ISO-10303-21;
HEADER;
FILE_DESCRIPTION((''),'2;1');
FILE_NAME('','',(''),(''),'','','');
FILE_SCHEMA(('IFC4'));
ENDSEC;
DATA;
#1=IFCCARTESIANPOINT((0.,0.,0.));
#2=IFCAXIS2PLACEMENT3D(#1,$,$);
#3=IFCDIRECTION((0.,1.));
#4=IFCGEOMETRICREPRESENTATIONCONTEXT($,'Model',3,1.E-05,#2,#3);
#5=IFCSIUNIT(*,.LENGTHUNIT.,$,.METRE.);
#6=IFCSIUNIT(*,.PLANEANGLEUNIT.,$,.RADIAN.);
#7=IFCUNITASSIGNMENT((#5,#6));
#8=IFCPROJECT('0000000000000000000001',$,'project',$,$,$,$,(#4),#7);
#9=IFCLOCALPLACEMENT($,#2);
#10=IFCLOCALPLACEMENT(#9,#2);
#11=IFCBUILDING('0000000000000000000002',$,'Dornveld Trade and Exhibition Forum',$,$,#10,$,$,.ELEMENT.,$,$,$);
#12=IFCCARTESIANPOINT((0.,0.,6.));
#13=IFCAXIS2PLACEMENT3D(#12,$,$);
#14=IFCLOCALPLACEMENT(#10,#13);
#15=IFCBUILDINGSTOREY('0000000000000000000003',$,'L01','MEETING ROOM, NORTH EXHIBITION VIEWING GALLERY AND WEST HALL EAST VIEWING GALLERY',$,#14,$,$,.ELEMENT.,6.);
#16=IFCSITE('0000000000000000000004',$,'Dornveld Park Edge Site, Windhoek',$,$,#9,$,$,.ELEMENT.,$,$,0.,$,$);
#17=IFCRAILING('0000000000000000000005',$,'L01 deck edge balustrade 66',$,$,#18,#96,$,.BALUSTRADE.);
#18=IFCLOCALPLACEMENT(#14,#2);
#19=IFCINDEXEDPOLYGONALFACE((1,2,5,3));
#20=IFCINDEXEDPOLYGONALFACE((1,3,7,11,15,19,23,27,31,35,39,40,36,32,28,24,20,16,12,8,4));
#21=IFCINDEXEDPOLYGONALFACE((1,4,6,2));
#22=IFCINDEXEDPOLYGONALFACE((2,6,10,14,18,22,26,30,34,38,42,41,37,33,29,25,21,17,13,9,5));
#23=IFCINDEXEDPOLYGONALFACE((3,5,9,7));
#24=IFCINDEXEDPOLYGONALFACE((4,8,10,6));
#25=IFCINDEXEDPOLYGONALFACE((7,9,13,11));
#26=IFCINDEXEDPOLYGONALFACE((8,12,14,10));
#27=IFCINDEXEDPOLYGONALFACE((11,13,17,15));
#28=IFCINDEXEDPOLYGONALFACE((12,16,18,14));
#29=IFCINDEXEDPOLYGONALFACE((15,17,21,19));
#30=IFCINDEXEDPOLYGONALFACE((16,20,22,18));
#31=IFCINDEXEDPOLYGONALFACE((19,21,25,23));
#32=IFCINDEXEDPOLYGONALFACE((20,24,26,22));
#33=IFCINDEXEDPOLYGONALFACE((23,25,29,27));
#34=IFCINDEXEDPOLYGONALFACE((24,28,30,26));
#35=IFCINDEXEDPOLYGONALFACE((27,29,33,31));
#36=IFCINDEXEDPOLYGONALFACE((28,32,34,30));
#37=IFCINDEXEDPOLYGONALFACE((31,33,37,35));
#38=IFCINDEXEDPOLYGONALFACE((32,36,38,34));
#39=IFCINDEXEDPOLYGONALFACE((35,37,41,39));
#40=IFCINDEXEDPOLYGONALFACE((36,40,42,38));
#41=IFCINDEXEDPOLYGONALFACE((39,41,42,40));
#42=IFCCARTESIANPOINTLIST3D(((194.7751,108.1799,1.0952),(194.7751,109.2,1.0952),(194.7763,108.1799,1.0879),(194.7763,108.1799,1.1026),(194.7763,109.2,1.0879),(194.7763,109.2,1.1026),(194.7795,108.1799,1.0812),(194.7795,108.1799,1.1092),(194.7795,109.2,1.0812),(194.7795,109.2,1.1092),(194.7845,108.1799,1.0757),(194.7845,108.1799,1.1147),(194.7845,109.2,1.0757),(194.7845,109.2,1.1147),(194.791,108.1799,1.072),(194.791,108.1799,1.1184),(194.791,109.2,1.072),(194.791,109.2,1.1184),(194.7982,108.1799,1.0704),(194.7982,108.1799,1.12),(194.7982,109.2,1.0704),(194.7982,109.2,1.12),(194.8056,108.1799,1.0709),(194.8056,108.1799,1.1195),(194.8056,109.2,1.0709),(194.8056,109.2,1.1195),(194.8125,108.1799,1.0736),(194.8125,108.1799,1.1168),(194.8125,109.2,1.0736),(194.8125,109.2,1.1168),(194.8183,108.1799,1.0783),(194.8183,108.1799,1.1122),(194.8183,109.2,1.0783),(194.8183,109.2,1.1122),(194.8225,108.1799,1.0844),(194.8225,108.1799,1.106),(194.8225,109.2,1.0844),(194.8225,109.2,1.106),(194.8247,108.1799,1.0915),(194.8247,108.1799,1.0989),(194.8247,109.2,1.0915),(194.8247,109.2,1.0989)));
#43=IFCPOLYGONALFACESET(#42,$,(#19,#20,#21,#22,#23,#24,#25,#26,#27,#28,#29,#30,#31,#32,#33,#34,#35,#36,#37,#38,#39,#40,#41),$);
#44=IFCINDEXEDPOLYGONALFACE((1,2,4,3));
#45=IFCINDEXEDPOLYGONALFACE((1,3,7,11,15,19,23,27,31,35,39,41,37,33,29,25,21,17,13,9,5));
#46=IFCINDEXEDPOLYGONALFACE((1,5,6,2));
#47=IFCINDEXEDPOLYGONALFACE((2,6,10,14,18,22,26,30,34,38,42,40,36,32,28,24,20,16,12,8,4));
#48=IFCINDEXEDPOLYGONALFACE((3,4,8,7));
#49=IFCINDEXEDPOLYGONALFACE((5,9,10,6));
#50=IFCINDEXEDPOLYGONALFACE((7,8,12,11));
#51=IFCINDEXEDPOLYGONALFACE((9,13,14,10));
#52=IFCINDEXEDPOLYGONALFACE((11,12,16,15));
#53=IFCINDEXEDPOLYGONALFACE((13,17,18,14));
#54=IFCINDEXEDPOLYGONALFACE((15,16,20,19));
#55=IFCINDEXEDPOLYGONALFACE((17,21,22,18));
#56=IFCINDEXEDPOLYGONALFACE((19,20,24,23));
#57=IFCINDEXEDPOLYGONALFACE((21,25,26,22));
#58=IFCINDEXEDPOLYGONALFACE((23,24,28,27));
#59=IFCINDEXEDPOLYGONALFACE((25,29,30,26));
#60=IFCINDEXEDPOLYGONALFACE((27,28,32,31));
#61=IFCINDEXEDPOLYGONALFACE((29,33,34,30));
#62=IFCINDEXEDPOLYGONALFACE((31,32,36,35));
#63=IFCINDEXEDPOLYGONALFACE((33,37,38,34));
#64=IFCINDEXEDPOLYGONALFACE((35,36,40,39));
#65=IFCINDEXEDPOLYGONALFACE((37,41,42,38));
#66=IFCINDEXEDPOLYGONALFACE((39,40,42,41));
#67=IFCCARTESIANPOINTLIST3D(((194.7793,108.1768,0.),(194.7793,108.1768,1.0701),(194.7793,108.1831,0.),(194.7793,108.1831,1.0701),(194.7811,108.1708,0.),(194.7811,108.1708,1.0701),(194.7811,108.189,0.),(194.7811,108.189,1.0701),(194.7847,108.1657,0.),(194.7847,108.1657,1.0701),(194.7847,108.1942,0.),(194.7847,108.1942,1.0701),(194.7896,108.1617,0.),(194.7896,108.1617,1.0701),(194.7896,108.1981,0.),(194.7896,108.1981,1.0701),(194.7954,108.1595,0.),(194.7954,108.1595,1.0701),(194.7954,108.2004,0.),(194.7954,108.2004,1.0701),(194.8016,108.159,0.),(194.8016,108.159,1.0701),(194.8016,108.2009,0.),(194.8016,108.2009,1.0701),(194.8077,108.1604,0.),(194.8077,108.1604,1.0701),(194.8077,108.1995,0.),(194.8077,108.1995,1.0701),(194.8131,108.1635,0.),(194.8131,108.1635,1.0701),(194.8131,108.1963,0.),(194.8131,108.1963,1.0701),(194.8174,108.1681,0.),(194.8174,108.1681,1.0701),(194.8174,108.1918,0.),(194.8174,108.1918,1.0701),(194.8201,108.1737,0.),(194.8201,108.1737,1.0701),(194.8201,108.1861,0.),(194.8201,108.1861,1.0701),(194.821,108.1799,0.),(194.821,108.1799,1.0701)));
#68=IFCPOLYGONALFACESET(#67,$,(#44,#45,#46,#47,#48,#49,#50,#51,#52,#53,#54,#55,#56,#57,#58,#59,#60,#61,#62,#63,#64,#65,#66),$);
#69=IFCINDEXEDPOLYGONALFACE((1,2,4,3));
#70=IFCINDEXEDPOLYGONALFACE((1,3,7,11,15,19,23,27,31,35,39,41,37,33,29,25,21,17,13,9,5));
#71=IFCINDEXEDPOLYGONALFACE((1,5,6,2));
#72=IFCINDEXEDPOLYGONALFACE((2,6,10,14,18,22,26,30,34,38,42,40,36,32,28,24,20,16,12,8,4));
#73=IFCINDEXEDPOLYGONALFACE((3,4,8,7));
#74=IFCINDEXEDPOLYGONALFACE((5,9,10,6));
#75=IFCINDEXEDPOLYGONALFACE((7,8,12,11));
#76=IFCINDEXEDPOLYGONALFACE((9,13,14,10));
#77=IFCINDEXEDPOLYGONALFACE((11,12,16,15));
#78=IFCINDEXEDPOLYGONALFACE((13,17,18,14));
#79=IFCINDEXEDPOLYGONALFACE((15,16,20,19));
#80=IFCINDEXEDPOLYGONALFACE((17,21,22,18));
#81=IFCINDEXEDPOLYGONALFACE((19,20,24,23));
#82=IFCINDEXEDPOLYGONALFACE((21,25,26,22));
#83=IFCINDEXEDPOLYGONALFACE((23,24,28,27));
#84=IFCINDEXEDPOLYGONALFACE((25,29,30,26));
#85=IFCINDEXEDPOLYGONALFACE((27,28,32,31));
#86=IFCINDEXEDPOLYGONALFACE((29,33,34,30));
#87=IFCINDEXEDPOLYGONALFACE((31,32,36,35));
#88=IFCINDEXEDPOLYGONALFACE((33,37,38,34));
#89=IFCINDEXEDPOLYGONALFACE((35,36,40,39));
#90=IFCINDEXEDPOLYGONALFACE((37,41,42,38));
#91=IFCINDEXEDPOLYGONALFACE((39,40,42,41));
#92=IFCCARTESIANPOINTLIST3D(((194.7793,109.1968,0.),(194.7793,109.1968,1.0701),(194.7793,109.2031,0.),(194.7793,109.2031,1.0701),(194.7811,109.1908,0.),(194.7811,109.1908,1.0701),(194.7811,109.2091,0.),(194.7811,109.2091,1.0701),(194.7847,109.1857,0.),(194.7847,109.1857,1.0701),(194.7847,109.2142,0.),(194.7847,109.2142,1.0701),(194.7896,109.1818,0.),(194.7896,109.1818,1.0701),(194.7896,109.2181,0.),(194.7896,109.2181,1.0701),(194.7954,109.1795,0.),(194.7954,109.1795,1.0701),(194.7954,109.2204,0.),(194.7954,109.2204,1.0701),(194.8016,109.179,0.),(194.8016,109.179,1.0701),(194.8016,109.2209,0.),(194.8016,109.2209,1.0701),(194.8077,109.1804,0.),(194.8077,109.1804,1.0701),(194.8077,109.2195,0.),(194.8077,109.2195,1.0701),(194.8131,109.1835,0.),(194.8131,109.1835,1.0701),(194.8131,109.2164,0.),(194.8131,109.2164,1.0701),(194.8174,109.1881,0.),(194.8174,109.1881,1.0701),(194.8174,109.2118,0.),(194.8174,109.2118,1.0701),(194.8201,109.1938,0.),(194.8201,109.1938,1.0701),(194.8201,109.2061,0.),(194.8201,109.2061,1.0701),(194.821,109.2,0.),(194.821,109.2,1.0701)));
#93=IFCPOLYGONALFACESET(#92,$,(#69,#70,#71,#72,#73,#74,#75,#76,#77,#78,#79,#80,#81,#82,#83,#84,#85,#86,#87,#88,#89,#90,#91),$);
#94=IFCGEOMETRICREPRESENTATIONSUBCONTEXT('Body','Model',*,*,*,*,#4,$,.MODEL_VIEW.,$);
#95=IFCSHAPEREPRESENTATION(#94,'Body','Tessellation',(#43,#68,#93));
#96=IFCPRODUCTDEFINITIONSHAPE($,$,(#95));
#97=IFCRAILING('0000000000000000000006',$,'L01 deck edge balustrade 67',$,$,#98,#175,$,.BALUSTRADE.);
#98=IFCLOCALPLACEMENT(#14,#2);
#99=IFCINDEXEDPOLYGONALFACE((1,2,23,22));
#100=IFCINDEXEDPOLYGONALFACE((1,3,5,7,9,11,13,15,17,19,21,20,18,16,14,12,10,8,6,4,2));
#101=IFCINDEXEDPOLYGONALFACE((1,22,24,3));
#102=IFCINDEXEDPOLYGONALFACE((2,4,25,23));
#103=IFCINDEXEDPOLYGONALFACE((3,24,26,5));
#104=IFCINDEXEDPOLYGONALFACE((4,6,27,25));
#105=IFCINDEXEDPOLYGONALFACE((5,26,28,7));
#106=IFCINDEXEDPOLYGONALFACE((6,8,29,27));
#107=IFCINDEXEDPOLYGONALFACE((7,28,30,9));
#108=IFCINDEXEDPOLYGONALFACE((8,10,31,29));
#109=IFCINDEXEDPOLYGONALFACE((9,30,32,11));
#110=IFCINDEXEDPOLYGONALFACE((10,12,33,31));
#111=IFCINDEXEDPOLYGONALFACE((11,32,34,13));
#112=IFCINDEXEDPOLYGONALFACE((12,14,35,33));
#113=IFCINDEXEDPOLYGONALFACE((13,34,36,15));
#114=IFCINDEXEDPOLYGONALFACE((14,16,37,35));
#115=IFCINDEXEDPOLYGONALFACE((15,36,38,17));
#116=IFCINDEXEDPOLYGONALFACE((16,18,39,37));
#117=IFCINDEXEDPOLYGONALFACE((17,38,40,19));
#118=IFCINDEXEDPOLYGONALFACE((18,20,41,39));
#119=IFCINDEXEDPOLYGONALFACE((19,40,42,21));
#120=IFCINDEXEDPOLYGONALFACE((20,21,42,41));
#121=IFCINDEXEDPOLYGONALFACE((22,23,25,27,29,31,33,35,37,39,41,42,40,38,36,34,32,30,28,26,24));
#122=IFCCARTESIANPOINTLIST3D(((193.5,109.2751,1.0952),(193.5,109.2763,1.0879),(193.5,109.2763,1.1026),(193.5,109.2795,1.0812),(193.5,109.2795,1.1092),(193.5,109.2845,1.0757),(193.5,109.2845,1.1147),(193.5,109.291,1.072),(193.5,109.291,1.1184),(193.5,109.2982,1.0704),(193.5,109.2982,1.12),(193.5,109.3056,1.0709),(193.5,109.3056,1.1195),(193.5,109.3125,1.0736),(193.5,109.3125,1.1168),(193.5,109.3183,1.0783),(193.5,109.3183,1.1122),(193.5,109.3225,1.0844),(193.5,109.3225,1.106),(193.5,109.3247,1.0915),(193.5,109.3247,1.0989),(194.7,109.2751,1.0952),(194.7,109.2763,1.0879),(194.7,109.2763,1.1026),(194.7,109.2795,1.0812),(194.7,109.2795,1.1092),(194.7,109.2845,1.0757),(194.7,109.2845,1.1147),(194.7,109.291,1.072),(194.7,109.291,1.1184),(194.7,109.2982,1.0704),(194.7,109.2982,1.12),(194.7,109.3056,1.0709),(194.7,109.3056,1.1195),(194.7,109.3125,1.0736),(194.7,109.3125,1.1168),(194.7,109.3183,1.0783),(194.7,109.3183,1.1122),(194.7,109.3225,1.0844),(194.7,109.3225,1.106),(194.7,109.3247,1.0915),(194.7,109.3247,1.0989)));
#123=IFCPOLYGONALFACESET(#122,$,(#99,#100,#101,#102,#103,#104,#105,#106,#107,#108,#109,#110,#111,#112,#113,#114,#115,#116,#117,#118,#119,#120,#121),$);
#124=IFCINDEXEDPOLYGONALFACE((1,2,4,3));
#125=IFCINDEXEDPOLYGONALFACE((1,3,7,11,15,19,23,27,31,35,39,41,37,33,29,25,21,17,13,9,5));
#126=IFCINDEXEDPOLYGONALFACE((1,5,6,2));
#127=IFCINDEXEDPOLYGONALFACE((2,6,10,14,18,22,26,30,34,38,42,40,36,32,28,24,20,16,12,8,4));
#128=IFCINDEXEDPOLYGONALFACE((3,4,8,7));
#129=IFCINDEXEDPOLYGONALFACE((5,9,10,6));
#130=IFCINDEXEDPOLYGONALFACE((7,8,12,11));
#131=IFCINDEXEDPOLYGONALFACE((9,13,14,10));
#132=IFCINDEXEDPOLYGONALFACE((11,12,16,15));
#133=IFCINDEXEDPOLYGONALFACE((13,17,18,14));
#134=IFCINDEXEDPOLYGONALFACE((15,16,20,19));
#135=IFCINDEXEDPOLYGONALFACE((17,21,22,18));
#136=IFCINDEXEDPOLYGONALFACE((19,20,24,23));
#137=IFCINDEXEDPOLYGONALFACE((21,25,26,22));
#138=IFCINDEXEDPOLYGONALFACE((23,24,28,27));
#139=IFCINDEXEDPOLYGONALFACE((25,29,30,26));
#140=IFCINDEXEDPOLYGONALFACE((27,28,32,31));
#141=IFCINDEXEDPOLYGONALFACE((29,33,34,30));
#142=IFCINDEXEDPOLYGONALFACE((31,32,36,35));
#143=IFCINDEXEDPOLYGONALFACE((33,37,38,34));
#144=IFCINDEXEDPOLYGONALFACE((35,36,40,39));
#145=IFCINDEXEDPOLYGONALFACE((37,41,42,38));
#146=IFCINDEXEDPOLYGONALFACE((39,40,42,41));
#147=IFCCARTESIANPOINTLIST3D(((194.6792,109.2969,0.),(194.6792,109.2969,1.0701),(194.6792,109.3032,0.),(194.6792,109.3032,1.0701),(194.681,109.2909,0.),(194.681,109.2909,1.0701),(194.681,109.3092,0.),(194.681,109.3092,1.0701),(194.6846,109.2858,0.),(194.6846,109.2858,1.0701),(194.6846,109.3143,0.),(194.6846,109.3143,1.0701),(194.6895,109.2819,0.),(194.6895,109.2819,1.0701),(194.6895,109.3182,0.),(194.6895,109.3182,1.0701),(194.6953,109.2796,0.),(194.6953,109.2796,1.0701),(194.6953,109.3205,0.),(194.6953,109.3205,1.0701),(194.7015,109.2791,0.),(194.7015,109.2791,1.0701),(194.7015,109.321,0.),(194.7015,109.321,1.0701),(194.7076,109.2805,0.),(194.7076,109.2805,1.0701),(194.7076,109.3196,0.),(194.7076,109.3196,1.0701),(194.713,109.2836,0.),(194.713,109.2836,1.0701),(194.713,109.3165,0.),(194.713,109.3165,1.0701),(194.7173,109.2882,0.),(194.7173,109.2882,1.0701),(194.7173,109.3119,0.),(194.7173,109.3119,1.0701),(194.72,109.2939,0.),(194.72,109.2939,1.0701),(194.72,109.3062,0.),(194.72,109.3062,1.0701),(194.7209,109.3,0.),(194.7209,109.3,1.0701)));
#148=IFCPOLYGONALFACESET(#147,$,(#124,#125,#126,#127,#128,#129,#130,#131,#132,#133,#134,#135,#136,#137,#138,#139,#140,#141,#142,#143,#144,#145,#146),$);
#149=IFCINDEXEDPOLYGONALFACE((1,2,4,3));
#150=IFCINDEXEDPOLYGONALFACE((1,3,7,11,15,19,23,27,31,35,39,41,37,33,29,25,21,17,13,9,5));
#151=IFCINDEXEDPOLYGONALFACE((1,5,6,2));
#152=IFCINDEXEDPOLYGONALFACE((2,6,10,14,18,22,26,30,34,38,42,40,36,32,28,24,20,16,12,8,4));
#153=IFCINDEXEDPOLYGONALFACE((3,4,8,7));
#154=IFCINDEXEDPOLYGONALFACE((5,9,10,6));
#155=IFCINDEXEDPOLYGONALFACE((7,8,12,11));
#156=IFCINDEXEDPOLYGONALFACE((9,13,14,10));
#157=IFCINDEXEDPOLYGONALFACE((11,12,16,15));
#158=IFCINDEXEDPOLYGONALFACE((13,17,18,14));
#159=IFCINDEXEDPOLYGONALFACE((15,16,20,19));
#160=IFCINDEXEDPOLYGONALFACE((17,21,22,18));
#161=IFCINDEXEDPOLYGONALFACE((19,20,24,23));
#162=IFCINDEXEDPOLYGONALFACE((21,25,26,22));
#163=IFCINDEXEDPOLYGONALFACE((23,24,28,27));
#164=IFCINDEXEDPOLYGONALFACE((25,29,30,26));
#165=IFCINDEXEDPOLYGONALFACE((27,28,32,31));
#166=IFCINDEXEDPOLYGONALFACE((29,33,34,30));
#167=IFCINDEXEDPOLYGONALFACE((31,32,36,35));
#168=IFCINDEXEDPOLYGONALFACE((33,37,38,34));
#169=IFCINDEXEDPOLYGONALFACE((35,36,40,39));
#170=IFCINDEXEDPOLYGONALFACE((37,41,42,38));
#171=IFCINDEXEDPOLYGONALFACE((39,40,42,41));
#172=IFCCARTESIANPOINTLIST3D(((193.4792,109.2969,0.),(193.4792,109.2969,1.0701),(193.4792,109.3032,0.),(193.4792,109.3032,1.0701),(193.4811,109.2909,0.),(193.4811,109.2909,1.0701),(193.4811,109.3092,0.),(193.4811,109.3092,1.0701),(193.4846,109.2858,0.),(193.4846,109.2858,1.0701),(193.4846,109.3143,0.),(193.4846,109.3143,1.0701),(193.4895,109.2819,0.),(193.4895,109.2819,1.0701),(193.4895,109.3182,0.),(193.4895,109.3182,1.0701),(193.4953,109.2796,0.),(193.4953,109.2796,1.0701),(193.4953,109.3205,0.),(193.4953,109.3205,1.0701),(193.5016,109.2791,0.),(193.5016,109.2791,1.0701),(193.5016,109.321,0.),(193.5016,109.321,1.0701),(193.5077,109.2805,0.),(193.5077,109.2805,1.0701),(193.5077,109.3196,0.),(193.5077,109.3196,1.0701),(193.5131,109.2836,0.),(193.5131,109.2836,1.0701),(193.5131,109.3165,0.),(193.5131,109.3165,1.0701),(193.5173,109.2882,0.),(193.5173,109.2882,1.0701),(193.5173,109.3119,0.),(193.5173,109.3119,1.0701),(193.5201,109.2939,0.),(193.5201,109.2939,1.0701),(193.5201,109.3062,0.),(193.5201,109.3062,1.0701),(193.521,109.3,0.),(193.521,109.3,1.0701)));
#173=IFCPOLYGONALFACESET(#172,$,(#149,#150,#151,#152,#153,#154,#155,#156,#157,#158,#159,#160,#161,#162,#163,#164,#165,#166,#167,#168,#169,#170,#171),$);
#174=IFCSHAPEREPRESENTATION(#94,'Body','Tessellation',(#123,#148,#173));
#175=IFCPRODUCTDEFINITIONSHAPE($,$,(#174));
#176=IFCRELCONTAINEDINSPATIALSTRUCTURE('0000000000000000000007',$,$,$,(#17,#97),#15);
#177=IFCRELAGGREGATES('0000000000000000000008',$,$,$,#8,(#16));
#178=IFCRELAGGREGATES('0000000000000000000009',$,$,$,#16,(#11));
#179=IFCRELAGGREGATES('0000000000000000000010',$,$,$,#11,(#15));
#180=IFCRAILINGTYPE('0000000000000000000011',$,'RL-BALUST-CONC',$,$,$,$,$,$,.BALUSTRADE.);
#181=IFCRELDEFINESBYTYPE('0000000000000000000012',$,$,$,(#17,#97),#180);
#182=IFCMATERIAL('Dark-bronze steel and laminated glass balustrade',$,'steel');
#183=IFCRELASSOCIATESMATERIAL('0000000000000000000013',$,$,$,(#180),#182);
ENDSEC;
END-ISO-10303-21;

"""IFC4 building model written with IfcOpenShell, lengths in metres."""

from ifc_helpers import new_model, si_unit, direction, frame, origin, origin_2d, place, context, subcontext, project, spatial, circle, extrude, material, type_object, element, save


model = new_model("IFC4")

# Units and contexts
model_context = context("Model", 3, precision=1e-05, world=origin(), true_north=direction((0.0, 1.0)))
body_context = subcontext(model_context, "Body", "Model", "MODEL_VIEW")
ifc_project = project(units=[si_unit("LENGTHUNIT", "METRE"), si_unit("PLANEANGLEUNIT", "RADIAN")], contexts=[model_context])

# Site, building, storey
site_placement = place(None, origin())
site = spatial("IfcSite", under=ifc_project, at=site_placement, Name="Dornveld Park Edge Site, Windhoek", CompositionType="ELEMENT", RefElevation=0.0)
building_placement = place(site_placement, origin())
building = spatial("IfcBuilding", under=site, at=building_placement, Name="Dornveld Trade and Exhibition Forum", CompositionType="ELEMENT")
storey_placement = place(building_placement, frame((0.0, 0.0, 6.0)))
storey = spatial("IfcBuildingStorey", under=building, at=storey_placement, Name="L01", Description="MEETING ROOM, NORTH EXHIBITION VIEWING GALLERY AND WEST HALL EAST VIEWING GALLERY", CompositionType="ELEMENT", Elevation=6.0)

# Railings
ifc_material_1 = material(Name="Dark-bronze steel and laminated glass balustrade", Category="steel")
railing_type = type_object("IfcRailingType", Name="RL-BALUST-CONC", PredefinedType="BALUSTRADE", material=ifc_material_1)
railing_1_placement = place(storey_placement, frame((194.8, 108.1799, 0.0)))
element("IfcRailing", 1, at=railing_1_placement, inside=storey, type_object=railing_type, Name="L01 deck edge balustrade 66", PredefinedType="BALUSTRADE", context=body_context, shape_type="SweptSolid", body=[
    extrude(circle(Radius=0.0249, at=origin_2d()), frame((0.0, 0.0, 1.0952), z_axis=(0.0, 1.0, 0.0), x_axis=(-1.0, 0.0, 0.0)), (0.0, 0.0, 1.0), 1.02),
    extrude(circle(Radius=0.021, at=origin_2d()), origin(), (0.0, 0.0, 1.0), 1.0701),
    extrude(circle(Radius=0.021, at=origin_2d()), frame((0.0, 1.02, 0.0)), (0.0, 0.0, 1.0), 1.0701),
])
railing_2_placement = place(storey_placement, frame((194.7, 109.3, 0.0)))
element("IfcRailing", 2, at=railing_2_placement, inside=storey, type_object=railing_type, Name="L01 deck edge balustrade 67", PredefinedType="BALUSTRADE", context=body_context, shape_type="SweptSolid", body=[
    extrude(circle(Radius=0.0249, at=origin_2d()), frame((0.0, 0.0, 1.0952), z_axis=(-1.0, 0.0, 0.0), x_axis=(0.0, -1.0, 0.0)), (0.0, 0.0, 1.0), 1.2),
    extrude(circle(Radius=0.021, at=origin_2d()), origin(), (0.0, 0.0, 1.0), 1.0701),
    extrude(circle(Radius=0.021, at=origin_2d()), frame((-1.2, 0.0, 0.0)), (0.0, 0.0, 1.0), 1.0701),
])

save(model, "model.ifc")
